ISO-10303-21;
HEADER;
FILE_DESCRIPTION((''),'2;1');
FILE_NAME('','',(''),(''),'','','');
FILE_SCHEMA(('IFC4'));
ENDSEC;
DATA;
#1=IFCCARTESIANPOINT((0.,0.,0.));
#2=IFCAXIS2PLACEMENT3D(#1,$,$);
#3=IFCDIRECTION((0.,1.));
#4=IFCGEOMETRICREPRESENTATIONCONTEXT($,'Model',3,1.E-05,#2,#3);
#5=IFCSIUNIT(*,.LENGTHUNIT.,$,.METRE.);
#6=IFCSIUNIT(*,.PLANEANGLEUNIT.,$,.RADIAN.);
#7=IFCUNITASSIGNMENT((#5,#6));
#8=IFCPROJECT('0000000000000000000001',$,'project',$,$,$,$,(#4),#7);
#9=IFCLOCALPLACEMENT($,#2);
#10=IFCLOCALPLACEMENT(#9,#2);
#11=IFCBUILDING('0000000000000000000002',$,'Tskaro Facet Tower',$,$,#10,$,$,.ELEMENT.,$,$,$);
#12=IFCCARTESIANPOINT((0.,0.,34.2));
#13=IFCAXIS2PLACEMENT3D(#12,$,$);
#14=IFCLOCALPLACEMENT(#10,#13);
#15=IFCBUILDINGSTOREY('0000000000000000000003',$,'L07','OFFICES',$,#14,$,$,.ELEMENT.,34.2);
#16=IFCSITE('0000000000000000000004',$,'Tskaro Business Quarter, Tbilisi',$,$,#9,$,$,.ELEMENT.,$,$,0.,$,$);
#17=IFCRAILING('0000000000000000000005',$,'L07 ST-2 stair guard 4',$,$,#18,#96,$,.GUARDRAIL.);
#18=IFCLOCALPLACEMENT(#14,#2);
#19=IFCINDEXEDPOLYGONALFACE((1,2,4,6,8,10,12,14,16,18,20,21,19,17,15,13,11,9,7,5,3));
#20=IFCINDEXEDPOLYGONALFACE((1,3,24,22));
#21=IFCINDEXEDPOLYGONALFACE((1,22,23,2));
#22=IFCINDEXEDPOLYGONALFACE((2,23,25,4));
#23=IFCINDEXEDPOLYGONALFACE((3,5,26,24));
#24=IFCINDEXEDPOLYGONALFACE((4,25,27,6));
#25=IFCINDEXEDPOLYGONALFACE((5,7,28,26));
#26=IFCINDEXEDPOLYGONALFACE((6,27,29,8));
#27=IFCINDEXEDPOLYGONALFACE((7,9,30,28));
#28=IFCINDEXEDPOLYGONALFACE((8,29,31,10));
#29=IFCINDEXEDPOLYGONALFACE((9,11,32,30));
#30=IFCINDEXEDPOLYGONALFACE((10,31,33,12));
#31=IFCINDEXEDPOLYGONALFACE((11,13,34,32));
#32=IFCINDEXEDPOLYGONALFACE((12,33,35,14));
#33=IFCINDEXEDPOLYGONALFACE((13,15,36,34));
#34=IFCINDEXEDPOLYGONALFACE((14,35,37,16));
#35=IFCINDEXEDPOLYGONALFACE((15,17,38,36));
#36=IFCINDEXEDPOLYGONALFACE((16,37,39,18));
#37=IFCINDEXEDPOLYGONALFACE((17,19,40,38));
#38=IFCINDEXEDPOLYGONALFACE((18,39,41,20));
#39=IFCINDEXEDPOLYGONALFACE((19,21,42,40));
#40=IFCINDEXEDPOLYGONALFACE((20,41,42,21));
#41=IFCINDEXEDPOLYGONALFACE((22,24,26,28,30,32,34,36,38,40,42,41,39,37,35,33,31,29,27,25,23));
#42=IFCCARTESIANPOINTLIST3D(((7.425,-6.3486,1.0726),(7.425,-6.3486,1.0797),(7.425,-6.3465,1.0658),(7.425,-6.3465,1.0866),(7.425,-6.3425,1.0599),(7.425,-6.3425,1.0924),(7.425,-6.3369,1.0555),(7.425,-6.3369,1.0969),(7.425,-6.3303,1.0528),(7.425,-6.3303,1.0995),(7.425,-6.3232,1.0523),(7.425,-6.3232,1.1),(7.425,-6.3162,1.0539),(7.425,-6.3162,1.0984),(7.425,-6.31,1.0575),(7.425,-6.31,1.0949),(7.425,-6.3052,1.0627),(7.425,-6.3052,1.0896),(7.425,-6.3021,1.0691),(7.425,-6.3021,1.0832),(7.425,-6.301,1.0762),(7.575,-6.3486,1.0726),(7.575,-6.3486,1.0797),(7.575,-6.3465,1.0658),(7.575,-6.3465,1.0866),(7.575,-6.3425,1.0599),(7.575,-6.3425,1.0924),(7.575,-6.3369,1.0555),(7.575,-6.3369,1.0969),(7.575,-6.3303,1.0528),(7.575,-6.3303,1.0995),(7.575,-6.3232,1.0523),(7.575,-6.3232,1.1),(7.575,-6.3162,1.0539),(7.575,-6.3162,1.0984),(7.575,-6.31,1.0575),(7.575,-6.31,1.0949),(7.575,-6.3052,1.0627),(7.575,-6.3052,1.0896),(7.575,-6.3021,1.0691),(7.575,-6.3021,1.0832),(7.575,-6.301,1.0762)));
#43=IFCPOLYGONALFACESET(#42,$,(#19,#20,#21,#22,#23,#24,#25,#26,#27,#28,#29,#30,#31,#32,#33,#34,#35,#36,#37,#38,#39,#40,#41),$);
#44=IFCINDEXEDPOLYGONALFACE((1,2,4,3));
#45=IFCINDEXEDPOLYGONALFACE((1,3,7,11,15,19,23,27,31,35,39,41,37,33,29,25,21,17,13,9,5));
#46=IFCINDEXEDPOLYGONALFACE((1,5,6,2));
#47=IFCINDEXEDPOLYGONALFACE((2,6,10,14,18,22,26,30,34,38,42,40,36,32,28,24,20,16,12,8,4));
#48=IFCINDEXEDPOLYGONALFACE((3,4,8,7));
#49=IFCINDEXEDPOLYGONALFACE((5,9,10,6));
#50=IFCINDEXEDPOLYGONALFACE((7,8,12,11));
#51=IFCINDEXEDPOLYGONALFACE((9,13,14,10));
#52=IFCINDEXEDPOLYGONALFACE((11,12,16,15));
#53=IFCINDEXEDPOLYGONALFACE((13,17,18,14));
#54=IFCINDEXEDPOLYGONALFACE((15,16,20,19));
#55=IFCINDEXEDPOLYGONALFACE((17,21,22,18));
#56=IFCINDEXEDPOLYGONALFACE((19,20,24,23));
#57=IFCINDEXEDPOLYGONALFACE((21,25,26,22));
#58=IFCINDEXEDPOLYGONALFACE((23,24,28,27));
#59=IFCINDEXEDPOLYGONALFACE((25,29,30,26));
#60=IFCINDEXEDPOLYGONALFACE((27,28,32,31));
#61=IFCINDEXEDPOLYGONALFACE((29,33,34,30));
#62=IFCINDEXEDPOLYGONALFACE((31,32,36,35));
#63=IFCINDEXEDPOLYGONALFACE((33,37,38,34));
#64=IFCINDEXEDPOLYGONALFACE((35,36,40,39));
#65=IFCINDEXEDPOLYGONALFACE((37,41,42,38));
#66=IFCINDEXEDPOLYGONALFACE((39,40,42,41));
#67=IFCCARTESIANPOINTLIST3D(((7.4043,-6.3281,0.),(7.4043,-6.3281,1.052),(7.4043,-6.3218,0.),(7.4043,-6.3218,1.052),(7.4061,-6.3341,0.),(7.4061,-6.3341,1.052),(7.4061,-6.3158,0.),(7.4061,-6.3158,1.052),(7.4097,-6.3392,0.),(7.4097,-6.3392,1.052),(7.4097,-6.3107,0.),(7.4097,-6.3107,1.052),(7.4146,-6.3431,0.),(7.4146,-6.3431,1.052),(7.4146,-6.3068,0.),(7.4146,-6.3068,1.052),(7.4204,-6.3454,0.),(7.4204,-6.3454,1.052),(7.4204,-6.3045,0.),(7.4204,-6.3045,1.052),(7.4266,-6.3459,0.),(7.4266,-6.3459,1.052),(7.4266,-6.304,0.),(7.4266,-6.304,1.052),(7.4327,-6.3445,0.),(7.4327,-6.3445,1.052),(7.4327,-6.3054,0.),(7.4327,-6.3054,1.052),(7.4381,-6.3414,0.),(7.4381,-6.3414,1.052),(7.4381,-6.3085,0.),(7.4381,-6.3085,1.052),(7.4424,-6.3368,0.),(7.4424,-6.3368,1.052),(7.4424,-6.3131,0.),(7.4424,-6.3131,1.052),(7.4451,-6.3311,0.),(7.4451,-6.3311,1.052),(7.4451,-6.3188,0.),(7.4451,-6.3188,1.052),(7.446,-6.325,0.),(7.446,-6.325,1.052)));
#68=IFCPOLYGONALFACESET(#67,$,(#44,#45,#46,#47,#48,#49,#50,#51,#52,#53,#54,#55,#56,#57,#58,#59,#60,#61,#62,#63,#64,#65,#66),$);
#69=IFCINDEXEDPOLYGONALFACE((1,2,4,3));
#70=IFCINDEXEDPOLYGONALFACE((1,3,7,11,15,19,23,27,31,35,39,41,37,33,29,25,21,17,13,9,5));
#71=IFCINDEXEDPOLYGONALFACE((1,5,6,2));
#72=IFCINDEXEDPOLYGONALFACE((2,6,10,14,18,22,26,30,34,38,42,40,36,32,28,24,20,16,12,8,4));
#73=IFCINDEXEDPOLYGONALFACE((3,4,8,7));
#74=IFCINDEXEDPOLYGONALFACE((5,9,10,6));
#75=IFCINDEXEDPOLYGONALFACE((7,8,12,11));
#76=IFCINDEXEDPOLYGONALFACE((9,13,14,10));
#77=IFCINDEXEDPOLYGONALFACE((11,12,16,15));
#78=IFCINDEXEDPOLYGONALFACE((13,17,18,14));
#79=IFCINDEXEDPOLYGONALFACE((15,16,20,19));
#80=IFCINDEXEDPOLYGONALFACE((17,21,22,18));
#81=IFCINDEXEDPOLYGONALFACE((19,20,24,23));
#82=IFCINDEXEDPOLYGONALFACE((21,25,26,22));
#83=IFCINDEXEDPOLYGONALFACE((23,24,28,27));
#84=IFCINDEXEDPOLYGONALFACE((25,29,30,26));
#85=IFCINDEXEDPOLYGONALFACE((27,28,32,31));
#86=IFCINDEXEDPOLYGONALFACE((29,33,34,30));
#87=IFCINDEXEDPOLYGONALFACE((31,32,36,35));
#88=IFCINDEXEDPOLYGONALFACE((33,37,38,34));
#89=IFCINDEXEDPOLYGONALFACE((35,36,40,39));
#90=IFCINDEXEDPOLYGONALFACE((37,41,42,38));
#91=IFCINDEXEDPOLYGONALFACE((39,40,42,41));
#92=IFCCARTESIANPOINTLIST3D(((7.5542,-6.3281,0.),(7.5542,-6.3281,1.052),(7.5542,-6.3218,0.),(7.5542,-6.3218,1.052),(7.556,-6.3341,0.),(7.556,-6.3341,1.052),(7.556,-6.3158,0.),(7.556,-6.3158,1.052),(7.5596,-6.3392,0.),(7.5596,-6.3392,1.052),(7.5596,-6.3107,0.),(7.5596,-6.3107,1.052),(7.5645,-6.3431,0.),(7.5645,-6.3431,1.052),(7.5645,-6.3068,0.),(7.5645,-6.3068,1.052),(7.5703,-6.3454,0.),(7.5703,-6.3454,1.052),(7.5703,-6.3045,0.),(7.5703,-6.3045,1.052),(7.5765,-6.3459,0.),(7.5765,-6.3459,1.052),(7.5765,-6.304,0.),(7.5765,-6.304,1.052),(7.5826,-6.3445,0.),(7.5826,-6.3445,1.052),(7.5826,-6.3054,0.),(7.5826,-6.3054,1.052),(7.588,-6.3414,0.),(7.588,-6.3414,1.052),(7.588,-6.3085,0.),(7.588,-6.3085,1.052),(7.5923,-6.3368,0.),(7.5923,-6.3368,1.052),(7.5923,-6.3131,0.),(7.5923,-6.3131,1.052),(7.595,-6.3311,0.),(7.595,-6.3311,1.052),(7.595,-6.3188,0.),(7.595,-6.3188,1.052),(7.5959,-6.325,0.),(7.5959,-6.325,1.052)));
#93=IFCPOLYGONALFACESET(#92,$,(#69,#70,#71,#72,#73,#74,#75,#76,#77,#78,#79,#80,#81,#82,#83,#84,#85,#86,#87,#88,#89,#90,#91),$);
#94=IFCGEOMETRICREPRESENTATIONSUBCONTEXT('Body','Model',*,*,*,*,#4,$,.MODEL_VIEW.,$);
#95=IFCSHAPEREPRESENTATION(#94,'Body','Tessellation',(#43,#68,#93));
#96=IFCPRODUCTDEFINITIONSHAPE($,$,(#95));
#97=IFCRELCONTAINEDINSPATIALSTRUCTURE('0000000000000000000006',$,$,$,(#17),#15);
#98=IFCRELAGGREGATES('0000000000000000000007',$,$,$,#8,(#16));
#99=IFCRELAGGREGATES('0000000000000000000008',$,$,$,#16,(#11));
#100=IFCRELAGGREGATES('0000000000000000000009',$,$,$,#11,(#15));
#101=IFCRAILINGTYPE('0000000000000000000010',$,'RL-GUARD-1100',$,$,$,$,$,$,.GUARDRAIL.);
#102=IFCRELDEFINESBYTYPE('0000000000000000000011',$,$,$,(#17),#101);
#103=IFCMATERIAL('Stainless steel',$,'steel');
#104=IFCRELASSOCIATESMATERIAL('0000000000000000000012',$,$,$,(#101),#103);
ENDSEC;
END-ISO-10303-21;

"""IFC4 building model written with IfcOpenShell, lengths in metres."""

from ifc_helpers import new_model, si_unit, direction, frame, origin, origin_2d, place, context, subcontext, project, spatial, circle, extrude, material, type_object, element, save


model = new_model("IFC4")

# Units and contexts
model_context = context("Model", 3, precision=1e-05, world=origin(), true_north=direction((0.0, 1.0)))
body_context = subcontext(model_context, "Body", "Model", "MODEL_VIEW")
ifc_project = project(units=[si_unit("LENGTHUNIT", "METRE"), si_unit("PLANEANGLEUNIT", "RADIAN")], contexts=[model_context])

# Site, building, storey
site_placement = place(None, origin())
site = spatial("IfcSite", under=ifc_project, at=site_placement, Name="Tskaro Business Quarter, Tbilisi", CompositionType="ELEMENT", RefElevation=0.0)
building_placement = place(site_placement, origin())
building = spatial("IfcBuilding", under=site, at=building_placement, Name="Tskaro Facet Tower", CompositionType="ELEMENT")
storey_placement = place(building_placement, frame((0.0, 0.0, 34.2)))
storey = spatial("IfcBuildingStorey", under=building, at=storey_placement, Name="L07", Description="OFFICES", CompositionType="ELEMENT", Elevation=34.2)

# Railing
ifc_material_1 = material(Name="Stainless steel", Category="steel")
railing_type_1 = type_object("IfcRailingType", Name="RL-GUARD-1100", PredefinedType="GUARDRAIL", material=ifc_material_1)
railing_1_placement = place(storey_placement, frame((7.425, -6.325, 0.0)))
element("IfcRailing", 1, at=railing_1_placement, inside=storey, type_object=railing_type_1, Name="L07 ST-2 stair guard 4", PredefinedType="GUARDRAIL", context=body_context, shape_type="SweptSolid", body=[
    extrude(circle(Radius=0.0239, at=origin_2d()), frame((0.0, 0.0, 1.0762), z_axis=(1.0, 0.0, 0.0), x_axis=(0.0, 1.0, 0.0)), (0.0, 0.0, 1.0), 0.1499),
    extrude(circle(Radius=0.021, at=origin_2d()), origin(), (0.0, 0.0, 1.0), 1.052),
    extrude(circle(Radius=0.021, at=origin_2d()), frame((0.1499, 0.0, 0.0)), (0.0, 0.0, 1.0), 1.052),
])

save(model, "model.ifc")
